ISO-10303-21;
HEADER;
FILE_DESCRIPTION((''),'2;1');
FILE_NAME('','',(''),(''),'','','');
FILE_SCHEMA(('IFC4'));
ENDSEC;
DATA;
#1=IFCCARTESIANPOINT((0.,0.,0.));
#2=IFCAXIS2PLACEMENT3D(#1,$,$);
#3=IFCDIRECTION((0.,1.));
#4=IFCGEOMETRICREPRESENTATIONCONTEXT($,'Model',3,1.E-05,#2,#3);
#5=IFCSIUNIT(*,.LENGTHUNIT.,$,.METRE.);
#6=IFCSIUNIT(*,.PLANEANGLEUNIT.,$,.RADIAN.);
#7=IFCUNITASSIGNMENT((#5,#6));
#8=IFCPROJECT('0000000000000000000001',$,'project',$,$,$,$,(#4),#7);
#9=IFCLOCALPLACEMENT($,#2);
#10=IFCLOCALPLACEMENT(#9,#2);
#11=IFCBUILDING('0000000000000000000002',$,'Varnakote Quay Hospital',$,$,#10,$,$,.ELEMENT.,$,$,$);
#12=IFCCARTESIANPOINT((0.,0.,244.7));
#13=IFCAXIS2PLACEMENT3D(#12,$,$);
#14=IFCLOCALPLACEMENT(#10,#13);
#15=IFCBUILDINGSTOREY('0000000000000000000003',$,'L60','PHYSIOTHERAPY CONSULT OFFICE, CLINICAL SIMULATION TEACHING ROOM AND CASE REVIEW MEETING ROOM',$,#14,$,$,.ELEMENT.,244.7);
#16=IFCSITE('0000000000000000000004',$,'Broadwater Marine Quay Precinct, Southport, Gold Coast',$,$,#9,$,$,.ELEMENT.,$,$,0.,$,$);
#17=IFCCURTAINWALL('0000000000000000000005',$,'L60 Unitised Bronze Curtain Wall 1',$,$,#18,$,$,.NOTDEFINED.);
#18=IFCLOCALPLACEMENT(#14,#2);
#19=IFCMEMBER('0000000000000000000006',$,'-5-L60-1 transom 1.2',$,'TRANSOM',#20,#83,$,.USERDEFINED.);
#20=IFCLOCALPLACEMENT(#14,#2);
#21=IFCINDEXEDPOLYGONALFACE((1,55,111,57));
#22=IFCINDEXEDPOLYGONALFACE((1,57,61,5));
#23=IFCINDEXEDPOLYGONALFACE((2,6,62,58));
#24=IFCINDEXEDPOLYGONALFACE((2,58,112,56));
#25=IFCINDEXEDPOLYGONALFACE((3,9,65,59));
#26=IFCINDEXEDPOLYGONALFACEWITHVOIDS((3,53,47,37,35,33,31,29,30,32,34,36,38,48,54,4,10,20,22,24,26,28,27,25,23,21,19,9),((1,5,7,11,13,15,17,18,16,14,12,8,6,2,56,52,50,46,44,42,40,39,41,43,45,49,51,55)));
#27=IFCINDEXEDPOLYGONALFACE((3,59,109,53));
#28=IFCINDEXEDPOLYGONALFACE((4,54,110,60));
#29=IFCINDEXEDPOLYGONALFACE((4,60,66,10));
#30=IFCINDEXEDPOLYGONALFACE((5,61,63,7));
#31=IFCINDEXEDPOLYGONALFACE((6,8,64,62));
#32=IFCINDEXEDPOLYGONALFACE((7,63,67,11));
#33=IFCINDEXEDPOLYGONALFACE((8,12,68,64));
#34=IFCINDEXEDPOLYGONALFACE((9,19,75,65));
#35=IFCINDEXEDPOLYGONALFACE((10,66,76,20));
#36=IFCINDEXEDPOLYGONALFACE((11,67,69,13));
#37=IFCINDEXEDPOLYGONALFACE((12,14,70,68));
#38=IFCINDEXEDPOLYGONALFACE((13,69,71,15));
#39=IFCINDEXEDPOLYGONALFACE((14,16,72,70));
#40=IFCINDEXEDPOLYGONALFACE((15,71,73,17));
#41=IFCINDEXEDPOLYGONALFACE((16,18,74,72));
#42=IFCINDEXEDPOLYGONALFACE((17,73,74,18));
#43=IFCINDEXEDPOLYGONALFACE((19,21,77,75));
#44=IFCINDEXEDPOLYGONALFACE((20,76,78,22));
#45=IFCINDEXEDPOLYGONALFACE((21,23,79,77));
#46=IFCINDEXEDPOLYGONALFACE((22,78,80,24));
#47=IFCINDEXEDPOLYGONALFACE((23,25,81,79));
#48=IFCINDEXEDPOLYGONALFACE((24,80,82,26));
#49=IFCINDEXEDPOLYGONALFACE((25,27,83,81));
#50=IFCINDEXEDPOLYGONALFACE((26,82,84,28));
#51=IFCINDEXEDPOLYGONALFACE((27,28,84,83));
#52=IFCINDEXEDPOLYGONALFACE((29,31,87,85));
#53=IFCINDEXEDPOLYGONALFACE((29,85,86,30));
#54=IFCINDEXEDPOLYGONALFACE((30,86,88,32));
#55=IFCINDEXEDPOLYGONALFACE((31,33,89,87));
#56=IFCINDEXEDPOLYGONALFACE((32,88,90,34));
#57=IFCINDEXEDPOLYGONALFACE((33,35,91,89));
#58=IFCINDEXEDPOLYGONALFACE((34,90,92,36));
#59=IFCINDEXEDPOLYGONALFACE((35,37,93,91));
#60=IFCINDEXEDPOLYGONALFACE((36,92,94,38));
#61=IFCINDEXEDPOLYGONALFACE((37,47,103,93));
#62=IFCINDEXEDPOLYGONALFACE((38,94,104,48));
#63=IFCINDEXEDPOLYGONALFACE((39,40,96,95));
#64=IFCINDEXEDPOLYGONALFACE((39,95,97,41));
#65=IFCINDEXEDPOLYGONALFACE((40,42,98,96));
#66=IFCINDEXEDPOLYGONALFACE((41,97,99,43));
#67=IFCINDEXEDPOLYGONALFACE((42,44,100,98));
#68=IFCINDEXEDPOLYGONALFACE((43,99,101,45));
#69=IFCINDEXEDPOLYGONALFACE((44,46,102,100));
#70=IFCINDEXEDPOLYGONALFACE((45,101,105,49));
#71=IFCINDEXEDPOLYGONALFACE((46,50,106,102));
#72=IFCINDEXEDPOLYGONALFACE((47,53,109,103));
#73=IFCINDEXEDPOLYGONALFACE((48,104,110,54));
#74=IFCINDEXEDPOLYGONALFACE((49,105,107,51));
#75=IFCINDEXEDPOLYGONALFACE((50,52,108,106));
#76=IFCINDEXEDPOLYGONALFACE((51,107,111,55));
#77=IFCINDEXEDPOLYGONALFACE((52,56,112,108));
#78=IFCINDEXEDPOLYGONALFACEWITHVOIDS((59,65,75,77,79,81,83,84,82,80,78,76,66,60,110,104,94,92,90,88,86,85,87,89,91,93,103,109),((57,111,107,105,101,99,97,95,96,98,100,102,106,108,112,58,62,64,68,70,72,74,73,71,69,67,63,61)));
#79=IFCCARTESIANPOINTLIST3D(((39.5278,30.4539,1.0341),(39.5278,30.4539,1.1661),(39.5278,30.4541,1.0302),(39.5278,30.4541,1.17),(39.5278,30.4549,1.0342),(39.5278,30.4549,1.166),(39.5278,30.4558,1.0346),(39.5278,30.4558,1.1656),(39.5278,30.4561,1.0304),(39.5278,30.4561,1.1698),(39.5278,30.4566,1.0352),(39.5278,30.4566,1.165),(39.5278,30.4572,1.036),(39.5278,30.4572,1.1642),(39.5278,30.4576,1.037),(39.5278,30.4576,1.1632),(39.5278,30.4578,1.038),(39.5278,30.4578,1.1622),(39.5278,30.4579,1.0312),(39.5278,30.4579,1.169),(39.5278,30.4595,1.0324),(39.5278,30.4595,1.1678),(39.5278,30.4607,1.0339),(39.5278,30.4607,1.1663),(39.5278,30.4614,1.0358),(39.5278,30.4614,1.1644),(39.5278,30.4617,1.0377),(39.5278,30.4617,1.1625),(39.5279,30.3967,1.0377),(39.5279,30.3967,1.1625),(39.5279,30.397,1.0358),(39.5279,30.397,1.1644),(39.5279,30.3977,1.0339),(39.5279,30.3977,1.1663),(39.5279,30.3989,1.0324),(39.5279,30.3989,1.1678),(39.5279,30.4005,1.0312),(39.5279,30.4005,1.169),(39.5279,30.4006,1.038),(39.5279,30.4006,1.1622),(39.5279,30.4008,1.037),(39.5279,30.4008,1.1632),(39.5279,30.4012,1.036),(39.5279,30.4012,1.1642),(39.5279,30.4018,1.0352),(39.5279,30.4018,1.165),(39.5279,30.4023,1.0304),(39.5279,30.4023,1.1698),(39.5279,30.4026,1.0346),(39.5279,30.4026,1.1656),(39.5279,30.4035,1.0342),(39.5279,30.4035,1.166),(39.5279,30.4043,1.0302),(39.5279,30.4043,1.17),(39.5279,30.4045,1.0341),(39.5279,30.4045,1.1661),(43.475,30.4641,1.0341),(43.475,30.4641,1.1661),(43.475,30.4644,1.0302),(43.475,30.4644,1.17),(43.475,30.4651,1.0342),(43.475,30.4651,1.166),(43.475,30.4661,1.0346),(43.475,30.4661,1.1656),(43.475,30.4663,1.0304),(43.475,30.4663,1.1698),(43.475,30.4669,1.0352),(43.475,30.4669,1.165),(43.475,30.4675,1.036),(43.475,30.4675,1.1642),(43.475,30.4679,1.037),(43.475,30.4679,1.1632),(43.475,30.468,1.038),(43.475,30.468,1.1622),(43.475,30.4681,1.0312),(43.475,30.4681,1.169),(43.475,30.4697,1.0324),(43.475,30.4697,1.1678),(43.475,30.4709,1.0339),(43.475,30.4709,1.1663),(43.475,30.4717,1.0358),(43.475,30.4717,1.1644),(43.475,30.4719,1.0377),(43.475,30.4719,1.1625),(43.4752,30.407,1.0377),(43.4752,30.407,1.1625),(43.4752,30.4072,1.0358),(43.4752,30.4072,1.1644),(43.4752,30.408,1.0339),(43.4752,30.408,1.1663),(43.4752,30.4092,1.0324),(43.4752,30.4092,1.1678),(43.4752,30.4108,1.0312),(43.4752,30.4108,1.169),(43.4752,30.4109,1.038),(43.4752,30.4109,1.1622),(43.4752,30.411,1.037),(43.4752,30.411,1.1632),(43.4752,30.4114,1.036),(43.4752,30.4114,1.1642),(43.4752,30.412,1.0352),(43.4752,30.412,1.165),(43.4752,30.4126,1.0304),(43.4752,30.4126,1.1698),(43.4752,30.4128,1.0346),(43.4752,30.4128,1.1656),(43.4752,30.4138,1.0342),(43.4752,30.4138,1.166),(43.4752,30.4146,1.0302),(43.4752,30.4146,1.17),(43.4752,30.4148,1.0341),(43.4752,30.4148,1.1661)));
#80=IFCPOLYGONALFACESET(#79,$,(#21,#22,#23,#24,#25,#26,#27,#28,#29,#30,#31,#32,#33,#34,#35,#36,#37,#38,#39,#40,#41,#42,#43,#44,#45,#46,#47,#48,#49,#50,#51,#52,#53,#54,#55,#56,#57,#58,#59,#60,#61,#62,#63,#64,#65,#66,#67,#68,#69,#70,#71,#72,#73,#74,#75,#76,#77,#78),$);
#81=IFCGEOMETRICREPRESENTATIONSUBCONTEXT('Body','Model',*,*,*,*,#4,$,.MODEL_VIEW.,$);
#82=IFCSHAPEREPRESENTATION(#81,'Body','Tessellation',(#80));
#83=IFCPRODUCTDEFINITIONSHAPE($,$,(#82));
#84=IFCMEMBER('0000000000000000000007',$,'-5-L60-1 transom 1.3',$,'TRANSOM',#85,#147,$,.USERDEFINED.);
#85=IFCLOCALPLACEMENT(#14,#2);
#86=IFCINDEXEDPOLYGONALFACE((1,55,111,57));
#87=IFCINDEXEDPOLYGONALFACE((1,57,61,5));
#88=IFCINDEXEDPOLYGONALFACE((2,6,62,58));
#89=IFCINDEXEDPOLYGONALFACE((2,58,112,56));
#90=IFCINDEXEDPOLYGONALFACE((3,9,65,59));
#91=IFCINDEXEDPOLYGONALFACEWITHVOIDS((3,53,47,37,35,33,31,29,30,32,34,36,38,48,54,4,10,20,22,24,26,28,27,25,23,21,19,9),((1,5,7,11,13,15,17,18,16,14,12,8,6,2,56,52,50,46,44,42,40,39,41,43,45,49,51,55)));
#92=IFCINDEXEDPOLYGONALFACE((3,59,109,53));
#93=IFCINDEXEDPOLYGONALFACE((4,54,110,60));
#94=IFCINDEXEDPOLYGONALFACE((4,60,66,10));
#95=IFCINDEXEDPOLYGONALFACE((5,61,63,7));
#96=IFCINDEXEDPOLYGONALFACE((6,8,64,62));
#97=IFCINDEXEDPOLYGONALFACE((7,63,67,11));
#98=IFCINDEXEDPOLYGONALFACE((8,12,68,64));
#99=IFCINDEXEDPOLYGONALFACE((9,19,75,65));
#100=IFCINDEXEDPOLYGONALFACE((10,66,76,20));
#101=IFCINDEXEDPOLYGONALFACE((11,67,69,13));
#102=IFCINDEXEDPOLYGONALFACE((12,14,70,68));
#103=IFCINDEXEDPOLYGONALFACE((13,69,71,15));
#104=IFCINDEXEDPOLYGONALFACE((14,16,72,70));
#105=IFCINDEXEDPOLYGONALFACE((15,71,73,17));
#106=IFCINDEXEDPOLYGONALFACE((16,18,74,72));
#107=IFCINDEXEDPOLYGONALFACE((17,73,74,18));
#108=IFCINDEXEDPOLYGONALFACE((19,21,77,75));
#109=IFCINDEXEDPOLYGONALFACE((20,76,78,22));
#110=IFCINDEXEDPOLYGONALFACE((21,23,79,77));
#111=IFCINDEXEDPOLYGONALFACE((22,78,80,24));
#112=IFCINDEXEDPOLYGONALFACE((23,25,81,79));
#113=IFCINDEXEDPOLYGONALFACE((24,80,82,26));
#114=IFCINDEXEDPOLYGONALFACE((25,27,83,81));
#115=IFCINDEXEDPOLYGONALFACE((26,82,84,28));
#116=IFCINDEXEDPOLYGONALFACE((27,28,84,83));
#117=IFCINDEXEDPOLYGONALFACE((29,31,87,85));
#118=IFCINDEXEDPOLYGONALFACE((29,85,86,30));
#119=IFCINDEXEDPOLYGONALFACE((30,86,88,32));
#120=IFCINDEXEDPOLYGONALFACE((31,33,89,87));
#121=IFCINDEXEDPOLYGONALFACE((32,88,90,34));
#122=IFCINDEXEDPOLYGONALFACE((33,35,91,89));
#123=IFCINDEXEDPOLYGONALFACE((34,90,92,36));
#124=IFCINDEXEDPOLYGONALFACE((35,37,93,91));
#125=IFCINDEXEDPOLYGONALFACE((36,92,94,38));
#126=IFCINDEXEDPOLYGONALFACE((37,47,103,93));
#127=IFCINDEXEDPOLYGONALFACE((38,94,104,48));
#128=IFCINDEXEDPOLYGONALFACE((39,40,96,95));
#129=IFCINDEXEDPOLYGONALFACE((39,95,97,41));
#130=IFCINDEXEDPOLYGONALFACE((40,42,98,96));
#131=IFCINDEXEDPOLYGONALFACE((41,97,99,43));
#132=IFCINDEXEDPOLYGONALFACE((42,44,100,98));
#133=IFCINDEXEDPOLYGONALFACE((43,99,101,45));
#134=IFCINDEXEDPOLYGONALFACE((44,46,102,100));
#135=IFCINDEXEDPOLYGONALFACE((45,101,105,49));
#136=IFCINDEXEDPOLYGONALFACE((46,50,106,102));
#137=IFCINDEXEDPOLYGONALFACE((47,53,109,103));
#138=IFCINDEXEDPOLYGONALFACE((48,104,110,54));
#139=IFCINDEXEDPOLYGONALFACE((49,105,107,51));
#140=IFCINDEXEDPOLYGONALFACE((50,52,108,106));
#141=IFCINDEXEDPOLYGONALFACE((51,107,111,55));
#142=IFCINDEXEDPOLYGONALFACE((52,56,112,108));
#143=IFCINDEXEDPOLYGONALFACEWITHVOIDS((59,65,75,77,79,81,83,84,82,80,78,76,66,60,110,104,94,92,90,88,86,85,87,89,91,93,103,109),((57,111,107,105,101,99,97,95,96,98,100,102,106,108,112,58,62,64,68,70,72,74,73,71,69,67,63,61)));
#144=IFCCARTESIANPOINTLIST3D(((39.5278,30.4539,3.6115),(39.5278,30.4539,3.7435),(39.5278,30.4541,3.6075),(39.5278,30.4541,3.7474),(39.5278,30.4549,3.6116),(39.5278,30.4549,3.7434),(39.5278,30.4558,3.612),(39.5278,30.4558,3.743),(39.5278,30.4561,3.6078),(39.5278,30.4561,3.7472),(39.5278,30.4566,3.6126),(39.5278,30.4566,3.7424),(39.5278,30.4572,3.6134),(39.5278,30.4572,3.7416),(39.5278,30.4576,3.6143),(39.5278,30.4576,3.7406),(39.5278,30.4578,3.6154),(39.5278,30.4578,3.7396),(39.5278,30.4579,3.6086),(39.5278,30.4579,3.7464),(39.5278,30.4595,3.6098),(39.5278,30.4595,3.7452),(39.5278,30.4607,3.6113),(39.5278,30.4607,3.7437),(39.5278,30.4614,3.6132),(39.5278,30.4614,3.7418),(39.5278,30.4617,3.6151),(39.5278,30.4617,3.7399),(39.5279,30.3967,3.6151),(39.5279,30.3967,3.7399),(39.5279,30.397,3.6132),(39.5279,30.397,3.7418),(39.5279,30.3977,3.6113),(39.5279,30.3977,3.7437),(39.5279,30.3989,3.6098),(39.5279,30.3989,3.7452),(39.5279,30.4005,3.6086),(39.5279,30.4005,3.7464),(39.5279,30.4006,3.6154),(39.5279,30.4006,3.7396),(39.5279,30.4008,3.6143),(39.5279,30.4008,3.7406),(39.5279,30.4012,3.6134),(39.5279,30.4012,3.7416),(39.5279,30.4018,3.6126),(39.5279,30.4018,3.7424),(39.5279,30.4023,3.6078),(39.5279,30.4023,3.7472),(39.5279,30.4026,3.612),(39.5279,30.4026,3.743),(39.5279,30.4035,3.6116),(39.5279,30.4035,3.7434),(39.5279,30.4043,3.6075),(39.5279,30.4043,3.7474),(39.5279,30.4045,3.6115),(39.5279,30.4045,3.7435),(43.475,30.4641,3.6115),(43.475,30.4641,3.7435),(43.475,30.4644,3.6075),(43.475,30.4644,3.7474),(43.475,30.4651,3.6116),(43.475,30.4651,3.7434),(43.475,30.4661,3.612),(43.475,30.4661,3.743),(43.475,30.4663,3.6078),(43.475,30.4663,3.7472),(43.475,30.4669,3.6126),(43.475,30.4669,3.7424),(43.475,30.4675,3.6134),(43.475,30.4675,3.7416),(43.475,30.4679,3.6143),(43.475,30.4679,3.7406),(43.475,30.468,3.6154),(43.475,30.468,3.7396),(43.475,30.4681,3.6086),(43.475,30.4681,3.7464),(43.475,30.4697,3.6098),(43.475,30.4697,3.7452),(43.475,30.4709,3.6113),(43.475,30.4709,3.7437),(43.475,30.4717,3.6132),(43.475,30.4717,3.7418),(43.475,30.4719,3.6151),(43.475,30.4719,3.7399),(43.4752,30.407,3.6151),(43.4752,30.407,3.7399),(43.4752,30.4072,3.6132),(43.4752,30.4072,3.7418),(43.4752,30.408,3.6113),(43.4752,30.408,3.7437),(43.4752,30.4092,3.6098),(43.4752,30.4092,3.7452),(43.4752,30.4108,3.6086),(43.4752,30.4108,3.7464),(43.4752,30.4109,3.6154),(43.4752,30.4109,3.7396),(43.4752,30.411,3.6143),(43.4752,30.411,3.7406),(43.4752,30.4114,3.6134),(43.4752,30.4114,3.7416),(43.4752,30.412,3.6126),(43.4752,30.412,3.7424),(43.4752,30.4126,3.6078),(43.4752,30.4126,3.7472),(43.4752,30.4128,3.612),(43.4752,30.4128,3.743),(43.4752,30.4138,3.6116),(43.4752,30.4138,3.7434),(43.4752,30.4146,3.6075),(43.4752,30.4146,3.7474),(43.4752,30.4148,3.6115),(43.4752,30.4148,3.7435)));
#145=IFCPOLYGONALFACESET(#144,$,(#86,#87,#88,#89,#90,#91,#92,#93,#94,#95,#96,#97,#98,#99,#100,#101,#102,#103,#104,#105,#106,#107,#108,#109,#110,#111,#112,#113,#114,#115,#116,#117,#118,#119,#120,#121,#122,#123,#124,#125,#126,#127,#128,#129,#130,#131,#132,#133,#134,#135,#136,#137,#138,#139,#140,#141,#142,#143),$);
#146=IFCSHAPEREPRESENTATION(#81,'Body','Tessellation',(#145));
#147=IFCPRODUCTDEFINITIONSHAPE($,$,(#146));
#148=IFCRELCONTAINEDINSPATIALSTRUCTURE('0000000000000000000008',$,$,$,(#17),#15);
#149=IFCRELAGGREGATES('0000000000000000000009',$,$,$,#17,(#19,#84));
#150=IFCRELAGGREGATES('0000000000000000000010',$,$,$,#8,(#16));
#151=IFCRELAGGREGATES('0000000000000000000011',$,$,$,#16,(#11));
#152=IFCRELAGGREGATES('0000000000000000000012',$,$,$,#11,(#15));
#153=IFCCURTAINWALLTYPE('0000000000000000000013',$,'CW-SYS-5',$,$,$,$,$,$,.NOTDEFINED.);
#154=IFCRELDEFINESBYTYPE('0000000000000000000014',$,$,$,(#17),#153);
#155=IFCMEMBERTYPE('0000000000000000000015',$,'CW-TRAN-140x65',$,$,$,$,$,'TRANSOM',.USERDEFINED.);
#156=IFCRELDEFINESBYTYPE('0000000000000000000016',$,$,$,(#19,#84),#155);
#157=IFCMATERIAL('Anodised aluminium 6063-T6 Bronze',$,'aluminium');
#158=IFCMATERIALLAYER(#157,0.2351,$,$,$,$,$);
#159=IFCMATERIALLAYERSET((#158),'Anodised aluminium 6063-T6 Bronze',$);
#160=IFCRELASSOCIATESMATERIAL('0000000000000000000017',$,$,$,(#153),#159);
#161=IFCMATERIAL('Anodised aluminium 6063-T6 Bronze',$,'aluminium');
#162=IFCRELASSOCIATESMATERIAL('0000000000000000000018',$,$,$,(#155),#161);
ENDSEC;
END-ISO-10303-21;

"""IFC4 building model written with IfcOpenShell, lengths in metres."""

from ifc_helpers import new_model, si_unit, direction, frame, origin, origin_2d, place, context, subcontext, project, spatial, hollow_rectangle, extrude, material, layer, layer_set, material_profile, profile_set, type_object, element, aggregate, save


model = new_model("IFC4")

# Units and contexts
model_context = context("Model", 3, precision=1e-05, world=origin(), true_north=direction((0.0, 1.0)))
body_context = subcontext(model_context, "Body", "Model", "MODEL_VIEW")
ifc_project = project(units=[si_unit("LENGTHUNIT", "METRE"), si_unit("PLANEANGLEUNIT", "RADIAN")], contexts=[model_context])

# Site, building, storey
site_placement = place(None, origin())
site = spatial("IfcSite", under=ifc_project, at=site_placement, Name="Broadwater Marine Quay Precinct, Southport, Gold Coast", CompositionType="ELEMENT", RefElevation=0.0)
building_placement = place(site_placement, origin())
building = spatial("IfcBuilding", under=site, at=building_placement, Name="Varnakote Quay Hospital", CompositionType="ELEMENT")
storey_placement = place(building_placement, frame((0.0, 0.0, 244.7)))
storey = spatial("IfcBuildingStorey", under=building, at=storey_placement, Name="L60", Description="PHYSIOTHERAPY CONSULT OFFICE, CLINICAL SIMULATION TEACHING ROOM AND CASE REVIEW MEETING ROOM", CompositionType="ELEMENT", Elevation=244.7)

# Curtain wall, members
ifc_material_1 = material(Name="Anodised aluminium 6063-T6 Bronze", Category="aluminium")
ifc_layer_1 = layer(ifc_material_1, 0.2351)
ifc_layer_set_1 = layer_set([ifc_layer_1], Name="Anodised aluminium 6063-T6 Bronze")
curtain_wall_type = type_object("IfcCurtainWallType", Name="CW-SYS-5", PredefinedType="NOTDEFINED", material=ifc_layer_set_1)
curtain_wall_placement = place(storey_placement, origin())
curtain_wall = element("IfcCurtainWall", 1, at=curtain_wall_placement, inside=storey, type_object=curtain_wall_type, Name="L60 Unitised Bronze Curtain Wall 1", PredefinedType="NOTDEFINED")
ifc_material_2 = material(Name="Anodised aluminium 6063-T6 Bronze", Category="aluminium")
ifc_material_profile_1 = material_profile(ifc_material_2, hollow_rectangle(XDim=0.0649, YDim=0.1399, WallThickness=0.0039, InnerFilletRadius=0.0039, OuterFilletRadius=0.0076, at=origin_2d()), Name="CW-TRAN-140x65")
ifc_profile_set_1 = profile_set([ifc_material_profile_1], Name="Anodised aluminium 6063-T6 Bronze")
member_type_1 = type_object("IfcMemberType", Name="CW-TRAN-140x65", ElementType="TRANSOM", PredefinedType="USERDEFINED", material=ifc_profile_set_1)
member_1_placement = place(storey_placement, frame((43.4751, 30.4395, 1.1001), z_axis=(-0.999997, -0.002598, 0.0), x_axis=(0.002598, -0.999997, 0.0)))
member_1 = element("IfcMember", 2, at=member_1_placement, type_object=member_type_1, Name="-5-L60-1 transom 1.2", ObjectType="TRANSOM", PredefinedType="USERDEFINED", context=body_context, shape_type="SweptSolid", body=[
    extrude(hollow_rectangle(XDim=0.0649, YDim=0.1399, WallThickness=0.0039, InnerFilletRadius=0.0039, OuterFilletRadius=0.0076, at=origin_2d()), origin(), (0.0, 0.0, 1.0), 3.9473),
])
member_2_placement = place(storey_placement, frame((43.4751, 30.4395, 3.6775), z_axis=(-0.999997, -0.002598, 0.0), x_axis=(0.002598, -0.999997, 0.0)))
member_2 = element("IfcMember", 3, at=member_2_placement, type_object=member_type_1, Name="-5-L60-1 transom 1.3", ObjectType="TRANSOM", PredefinedType="USERDEFINED", context=body_context, shape_type="SweptSolid", body=[
    extrude(hollow_rectangle(XDim=0.0649, YDim=0.1399, WallThickness=0.0039, InnerFilletRadius=0.0039, OuterFilletRadius=0.0076, at=origin_2d()), origin(), (0.0, 0.0, 1.0), 3.9473),
])

aggregate(curtain_wall, [member_1, member_2])

save(model, "model.ifc")
